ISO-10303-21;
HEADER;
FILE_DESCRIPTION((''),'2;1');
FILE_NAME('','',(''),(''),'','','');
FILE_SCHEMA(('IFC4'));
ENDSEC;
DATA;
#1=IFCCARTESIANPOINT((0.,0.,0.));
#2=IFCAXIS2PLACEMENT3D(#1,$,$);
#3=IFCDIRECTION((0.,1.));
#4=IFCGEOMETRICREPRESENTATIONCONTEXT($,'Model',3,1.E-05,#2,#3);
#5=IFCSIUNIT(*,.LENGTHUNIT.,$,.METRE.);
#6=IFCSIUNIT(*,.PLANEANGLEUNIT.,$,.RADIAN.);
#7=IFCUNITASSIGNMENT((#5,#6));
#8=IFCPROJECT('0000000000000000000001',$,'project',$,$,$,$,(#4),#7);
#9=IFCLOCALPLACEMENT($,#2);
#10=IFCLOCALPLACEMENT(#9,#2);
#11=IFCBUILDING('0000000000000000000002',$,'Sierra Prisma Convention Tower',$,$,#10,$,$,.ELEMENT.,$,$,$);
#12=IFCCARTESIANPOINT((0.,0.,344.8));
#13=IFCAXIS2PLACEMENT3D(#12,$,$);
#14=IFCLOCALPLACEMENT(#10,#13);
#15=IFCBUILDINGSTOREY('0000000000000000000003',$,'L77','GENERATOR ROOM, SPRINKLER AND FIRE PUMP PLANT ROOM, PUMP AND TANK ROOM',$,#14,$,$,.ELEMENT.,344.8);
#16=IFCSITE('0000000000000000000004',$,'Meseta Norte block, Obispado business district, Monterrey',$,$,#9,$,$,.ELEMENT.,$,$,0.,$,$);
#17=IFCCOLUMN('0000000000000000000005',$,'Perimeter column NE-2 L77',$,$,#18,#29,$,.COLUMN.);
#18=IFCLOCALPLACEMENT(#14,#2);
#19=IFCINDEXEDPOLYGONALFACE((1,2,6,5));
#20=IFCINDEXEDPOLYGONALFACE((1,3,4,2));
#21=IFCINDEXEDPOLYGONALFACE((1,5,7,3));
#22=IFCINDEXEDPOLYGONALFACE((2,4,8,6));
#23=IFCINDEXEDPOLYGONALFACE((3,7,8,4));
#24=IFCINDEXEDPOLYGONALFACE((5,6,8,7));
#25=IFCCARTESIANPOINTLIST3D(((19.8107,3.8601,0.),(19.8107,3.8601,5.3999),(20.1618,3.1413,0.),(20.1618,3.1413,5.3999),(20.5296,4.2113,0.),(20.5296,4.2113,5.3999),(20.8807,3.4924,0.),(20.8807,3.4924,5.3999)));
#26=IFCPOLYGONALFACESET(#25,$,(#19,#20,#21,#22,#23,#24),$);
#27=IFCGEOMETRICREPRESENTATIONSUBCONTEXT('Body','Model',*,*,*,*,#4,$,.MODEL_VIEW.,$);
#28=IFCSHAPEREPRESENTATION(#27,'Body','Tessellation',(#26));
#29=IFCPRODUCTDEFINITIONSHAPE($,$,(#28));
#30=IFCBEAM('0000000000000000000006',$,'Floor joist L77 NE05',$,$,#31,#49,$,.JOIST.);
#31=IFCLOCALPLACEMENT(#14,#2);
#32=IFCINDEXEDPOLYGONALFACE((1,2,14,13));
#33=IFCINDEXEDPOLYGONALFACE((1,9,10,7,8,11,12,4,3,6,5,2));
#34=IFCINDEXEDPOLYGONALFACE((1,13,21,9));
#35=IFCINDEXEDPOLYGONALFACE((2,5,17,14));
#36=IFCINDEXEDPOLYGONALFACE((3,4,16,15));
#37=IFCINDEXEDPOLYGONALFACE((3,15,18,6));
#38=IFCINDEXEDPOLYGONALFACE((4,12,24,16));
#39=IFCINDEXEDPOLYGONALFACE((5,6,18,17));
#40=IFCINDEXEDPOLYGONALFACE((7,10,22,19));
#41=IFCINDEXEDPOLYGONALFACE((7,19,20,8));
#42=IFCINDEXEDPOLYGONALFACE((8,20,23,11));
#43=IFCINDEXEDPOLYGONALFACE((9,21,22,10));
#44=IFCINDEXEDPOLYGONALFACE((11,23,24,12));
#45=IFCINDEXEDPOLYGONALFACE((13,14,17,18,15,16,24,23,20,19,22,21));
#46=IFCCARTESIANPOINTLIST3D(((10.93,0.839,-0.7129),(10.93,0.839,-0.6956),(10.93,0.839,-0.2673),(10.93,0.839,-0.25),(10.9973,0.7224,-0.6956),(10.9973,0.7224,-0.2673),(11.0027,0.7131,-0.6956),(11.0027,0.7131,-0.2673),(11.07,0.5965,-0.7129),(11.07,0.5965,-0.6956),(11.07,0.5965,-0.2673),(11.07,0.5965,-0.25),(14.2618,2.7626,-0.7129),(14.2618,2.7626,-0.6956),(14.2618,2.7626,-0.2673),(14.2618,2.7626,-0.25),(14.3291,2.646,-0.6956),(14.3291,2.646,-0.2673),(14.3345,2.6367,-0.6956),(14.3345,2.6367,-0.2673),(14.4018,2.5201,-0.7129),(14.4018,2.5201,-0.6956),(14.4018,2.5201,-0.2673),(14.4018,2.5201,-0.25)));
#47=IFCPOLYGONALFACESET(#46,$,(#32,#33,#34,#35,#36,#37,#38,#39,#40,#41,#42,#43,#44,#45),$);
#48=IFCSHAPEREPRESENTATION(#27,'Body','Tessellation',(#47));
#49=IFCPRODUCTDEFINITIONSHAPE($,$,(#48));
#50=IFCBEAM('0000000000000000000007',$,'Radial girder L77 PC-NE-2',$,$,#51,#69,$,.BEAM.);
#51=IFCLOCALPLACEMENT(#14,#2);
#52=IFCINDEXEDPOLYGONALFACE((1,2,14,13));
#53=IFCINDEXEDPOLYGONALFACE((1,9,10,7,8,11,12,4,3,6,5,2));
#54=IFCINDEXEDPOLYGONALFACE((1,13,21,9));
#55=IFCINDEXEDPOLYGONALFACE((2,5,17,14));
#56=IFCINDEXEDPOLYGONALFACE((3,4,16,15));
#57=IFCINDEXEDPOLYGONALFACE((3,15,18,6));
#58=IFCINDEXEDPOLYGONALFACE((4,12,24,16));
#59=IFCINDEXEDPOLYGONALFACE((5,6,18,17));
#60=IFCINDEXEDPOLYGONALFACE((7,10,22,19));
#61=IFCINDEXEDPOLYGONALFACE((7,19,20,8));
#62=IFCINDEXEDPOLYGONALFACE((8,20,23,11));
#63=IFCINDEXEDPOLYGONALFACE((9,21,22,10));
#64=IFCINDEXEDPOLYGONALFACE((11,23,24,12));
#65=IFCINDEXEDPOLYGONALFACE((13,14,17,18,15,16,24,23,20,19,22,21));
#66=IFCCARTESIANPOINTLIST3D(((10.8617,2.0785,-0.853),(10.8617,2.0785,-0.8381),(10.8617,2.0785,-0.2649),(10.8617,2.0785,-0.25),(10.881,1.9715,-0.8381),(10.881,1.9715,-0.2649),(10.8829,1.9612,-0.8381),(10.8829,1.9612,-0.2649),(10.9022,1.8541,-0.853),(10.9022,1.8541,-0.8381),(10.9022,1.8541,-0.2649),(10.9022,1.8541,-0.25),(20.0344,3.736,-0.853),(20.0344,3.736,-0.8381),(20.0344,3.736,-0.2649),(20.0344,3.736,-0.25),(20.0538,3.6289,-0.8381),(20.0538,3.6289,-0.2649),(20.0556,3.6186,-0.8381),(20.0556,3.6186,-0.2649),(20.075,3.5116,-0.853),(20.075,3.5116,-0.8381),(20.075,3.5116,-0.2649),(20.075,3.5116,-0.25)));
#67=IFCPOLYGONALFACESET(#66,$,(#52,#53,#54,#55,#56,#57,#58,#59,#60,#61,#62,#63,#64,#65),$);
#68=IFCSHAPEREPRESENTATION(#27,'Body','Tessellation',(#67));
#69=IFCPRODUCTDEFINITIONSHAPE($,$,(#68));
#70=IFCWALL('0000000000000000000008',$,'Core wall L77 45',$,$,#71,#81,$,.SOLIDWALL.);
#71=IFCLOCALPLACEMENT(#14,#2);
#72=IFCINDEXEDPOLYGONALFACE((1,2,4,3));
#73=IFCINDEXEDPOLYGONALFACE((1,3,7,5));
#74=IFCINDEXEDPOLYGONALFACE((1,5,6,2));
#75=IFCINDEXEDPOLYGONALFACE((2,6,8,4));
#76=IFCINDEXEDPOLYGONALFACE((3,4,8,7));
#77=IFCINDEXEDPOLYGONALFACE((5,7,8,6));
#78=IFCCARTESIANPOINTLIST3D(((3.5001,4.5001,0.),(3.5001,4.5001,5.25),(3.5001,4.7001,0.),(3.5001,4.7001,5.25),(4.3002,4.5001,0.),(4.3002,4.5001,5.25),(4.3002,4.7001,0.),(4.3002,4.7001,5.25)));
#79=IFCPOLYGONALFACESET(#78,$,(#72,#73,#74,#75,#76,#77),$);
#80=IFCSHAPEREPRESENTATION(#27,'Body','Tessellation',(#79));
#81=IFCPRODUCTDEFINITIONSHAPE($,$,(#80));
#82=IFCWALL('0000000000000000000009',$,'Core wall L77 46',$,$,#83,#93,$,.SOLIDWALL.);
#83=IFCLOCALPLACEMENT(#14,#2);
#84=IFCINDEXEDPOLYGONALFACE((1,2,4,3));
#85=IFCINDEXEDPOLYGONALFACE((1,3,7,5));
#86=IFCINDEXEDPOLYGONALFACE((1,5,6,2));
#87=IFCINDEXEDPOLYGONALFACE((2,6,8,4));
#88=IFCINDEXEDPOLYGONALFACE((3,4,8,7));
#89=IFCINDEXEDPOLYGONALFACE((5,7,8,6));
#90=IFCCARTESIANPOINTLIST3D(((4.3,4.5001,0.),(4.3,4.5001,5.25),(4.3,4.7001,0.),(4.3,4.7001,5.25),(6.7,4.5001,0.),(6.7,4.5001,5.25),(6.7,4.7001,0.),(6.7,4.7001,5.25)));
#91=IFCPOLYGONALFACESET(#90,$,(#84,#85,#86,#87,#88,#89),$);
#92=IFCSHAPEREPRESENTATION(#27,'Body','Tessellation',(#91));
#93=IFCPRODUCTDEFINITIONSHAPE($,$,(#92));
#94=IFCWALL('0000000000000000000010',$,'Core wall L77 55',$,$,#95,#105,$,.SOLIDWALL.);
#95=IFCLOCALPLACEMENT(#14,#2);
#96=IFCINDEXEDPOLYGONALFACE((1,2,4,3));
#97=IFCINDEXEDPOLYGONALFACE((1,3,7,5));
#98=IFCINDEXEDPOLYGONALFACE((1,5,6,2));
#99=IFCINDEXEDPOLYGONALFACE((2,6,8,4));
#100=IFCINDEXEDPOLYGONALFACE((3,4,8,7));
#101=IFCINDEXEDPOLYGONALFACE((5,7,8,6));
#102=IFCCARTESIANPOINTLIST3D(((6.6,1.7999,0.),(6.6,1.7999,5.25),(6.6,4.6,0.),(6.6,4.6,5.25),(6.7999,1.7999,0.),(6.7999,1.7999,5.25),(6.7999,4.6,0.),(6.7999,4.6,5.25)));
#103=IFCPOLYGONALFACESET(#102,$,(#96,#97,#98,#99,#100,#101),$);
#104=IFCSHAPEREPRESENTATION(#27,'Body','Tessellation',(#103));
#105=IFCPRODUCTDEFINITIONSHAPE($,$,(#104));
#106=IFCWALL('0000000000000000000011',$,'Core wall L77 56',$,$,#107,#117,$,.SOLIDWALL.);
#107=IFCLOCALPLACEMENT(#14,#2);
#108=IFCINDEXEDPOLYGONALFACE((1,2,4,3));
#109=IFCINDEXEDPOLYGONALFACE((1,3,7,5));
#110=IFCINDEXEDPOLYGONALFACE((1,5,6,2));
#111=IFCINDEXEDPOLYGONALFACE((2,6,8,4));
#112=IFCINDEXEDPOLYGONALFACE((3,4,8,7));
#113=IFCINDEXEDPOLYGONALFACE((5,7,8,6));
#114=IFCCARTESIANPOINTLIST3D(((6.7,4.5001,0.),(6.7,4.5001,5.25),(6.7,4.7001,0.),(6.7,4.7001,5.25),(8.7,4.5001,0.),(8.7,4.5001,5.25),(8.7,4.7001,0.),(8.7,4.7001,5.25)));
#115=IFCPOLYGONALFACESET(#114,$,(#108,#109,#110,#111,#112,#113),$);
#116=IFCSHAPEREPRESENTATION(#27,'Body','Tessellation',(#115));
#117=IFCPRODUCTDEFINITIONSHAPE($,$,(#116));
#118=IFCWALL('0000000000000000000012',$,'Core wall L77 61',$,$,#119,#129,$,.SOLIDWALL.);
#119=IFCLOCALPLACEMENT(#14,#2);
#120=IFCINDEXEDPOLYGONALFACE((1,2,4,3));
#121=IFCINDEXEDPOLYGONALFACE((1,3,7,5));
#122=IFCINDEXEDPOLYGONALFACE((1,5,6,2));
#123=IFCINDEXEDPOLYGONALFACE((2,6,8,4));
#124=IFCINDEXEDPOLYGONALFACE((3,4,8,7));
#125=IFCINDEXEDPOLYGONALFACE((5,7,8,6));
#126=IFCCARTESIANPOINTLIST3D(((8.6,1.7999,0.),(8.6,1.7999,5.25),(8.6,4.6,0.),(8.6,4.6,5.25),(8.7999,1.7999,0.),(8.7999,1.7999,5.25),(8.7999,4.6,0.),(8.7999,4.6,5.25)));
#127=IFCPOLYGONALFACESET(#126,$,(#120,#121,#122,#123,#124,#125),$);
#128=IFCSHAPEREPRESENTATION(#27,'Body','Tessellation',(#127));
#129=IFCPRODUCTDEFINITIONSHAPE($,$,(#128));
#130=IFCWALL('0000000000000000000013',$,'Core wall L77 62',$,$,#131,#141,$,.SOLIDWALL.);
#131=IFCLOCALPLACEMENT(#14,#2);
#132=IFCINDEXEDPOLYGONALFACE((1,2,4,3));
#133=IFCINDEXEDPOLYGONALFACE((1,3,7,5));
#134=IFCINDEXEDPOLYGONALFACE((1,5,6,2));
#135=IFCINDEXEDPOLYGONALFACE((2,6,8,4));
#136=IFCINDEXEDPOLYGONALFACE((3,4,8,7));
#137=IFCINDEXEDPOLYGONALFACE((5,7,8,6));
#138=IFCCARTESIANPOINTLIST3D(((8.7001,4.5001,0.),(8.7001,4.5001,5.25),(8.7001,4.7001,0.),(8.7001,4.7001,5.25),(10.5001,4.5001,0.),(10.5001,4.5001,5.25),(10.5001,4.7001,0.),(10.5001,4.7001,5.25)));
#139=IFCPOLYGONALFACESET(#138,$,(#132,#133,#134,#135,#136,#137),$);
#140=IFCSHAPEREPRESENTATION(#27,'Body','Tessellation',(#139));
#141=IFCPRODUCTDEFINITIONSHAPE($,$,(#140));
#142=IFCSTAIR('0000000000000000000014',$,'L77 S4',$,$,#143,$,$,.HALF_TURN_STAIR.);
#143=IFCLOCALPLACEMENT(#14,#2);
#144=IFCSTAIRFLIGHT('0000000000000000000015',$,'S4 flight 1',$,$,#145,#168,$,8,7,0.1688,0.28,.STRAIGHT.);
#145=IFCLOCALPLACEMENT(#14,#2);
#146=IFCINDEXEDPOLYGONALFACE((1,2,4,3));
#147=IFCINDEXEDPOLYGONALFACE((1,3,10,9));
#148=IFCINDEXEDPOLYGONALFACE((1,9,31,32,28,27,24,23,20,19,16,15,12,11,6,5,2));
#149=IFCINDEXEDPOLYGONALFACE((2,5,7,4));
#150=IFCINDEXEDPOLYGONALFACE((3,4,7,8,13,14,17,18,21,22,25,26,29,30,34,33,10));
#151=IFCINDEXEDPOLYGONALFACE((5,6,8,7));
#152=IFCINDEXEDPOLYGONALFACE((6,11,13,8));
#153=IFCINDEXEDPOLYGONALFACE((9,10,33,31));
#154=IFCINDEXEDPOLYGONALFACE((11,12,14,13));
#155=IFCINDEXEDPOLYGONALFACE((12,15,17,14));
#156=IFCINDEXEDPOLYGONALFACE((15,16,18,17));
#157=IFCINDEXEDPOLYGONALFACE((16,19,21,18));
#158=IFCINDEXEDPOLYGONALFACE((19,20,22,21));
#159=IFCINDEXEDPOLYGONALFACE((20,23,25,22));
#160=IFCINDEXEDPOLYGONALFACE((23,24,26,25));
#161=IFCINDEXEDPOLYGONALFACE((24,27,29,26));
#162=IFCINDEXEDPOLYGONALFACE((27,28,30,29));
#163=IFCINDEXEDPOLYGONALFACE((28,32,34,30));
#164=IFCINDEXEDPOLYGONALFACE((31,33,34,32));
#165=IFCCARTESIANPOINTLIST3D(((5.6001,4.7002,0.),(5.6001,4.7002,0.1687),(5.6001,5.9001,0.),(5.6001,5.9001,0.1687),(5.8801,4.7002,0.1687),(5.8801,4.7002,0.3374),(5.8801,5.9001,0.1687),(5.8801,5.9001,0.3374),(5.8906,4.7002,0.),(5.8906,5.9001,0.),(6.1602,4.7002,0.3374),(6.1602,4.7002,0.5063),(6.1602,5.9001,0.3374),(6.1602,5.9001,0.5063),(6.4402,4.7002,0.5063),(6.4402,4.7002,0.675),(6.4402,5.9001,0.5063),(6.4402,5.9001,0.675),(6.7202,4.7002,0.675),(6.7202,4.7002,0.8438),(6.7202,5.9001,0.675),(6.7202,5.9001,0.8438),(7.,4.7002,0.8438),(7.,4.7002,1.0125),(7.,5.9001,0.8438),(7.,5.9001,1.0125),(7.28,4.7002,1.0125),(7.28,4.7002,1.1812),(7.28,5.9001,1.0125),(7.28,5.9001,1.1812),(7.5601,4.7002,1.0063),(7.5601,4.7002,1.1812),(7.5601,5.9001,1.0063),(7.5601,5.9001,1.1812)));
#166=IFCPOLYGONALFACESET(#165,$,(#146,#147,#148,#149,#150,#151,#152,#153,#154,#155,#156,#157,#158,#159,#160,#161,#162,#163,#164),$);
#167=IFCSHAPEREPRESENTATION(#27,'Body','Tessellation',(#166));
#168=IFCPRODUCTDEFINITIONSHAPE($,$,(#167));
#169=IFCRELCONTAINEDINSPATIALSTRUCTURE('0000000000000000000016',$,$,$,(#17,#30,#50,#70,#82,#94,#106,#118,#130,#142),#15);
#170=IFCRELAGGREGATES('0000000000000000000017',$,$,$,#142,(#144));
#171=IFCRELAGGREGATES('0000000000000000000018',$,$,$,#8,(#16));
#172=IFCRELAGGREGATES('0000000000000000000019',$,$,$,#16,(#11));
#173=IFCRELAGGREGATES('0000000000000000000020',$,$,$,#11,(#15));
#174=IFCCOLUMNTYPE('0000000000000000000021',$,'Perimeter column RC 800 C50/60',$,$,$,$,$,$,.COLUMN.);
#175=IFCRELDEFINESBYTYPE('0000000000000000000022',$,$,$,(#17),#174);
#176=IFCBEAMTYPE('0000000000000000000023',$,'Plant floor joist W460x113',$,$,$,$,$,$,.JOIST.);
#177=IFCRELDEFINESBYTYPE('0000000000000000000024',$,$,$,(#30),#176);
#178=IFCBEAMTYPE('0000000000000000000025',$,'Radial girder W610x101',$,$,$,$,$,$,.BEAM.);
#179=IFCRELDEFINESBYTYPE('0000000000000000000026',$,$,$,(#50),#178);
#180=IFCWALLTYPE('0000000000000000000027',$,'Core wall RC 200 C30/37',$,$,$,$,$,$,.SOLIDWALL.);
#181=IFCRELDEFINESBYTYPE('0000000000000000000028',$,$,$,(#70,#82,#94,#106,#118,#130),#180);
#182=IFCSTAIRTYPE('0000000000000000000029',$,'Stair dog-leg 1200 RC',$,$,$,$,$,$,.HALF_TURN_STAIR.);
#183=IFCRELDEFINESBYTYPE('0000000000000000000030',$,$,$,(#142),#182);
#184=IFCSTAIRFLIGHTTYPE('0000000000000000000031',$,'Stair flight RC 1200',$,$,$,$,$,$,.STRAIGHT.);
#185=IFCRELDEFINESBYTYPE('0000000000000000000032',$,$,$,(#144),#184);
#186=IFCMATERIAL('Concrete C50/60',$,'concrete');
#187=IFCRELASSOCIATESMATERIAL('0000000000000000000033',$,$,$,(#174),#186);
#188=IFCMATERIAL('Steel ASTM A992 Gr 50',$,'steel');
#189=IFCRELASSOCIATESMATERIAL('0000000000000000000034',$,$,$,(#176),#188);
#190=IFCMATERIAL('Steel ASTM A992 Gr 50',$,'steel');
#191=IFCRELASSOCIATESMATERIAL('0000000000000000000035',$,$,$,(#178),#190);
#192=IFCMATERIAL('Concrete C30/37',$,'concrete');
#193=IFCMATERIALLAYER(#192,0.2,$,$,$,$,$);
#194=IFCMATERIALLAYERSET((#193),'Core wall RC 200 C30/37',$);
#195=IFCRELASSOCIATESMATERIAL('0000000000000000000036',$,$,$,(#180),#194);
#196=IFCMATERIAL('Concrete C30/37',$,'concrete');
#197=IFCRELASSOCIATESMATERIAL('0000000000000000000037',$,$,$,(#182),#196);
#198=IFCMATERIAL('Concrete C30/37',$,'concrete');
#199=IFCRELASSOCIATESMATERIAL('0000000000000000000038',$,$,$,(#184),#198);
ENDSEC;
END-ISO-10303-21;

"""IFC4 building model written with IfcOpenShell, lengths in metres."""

from ifc_helpers import new_model, si_unit, direction, frame, frame_2d, origin, origin_2d, place, context, subcontext, project, spatial, polyline, rectangle, i_section, outline, extrude, material, layer, layer_set, material_profile, profile_set, type_object, element, aggregate, save


model = new_model("IFC4")

# Units and contexts
model_context = context("Model", 3, precision=1e-05, world=origin(), true_north=direction((0.0, 1.0)))
body_context = subcontext(model_context, "Body", "Model", "MODEL_VIEW")
ifc_project = project(units=[si_unit("LENGTHUNIT", "METRE"), si_unit("PLANEANGLEUNIT", "RADIAN")], contexts=[model_context])

# Site, building, storey
site_placement = place(None, origin())
site = spatial("IfcSite", under=ifc_project, at=site_placement, Name="Meseta Norte block, Obispado business district, Monterrey", CompositionType="ELEMENT", RefElevation=0.0)
building_placement = place(site_placement, origin())
building = spatial("IfcBuilding", under=site, at=building_placement, Name="Sierra Prisma Convention Tower", CompositionType="ELEMENT")
storey_placement = place(building_placement, frame((0.0, 0.0, 344.8)))
storey = spatial("IfcBuildingStorey", under=building, at=storey_placement, Name="L77", Description="GENERATOR ROOM, SPRINKLER AND FIRE PUMP PLANT ROOM, PUMP AND TANK ROOM", CompositionType="ELEMENT", Elevation=344.8)

# Column
ifc_material_1 = material(Name="Concrete C50/60", Category="concrete")
ifc_material_profile_1 = material_profile(ifc_material_1, rectangle(XDim=0.8, YDim=0.8, at=origin_2d()), Name="Perimeter column RC 800 C50/60")
ifc_profile_set_1 = profile_set([ifc_material_profile_1], Name="Concrete C50/60")
column_type = type_object("IfcColumnType", Name="Perimeter column RC 800 C50/60", PredefinedType="COLUMN", material=ifc_profile_set_1)
column_placement = place(storey_placement, frame((20.3457, 3.6763, 0.0), z_axis=(0.0, 0.0, 1.0), x_axis=(-0.438895, 0.898538, 0.0)))
element("IfcColumn", 1, at=column_placement, inside=storey, type_object=column_type, Name="Perimeter column NE-2 L77", PredefinedType="COLUMN", context=body_context, shape_type="SweptSolid", body=[
    extrude(rectangle(XDim=0.8, YDim=0.8, at=origin_2d()), origin(), (0.0, 0.0, 1.0), 5.3999),
])

# Beams
ifc_material_2 = material(Name="Steel ASTM A992 Gr 50", Category="steel")
ifc_material_profile_2 = material_profile(ifc_material_2, i_section(OverallWidth=0.28, OverallDepth=0.4629, WebThickness=0.0107, FlangeThickness=0.0173, at=origin_2d()), Name="W460x113")
ifc_profile_set_2 = profile_set([ifc_material_profile_2], Name="Steel ASTM A992 Gr 50")
beam_type_1 = type_object("IfcBeamType", Name="Plant floor joist W460x113", PredefinedType="JOIST", material=ifc_profile_set_2)
beam_1_placement = place(storey_placement, frame((14.3318, 2.6414, -0.4814), z_axis=(-0.866028, -0.499995, 0.0), x_axis=(0.499995, -0.866028, 0.0)))
element("IfcBeam", 2, at=beam_1_placement, inside=storey, type_object=beam_type_1, Name="Floor joist L77 NE05", PredefinedType="JOIST", context=body_context, shape_type="SweptSolid", body=[
    extrude(i_section(OverallWidth=0.28, OverallDepth=0.4629, WebThickness=0.0107, FlangeThickness=0.0173, at=origin_2d()), origin(), (0.0, 0.0, 1.0), 3.8472),
])
ifc_material_3 = material(Name="Steel ASTM A992 Gr 50", Category="steel")
ifc_material_profile_3 = material_profile(ifc_material_3, i_section(OverallWidth=0.228, OverallDepth=0.603, WebThickness=0.0105, FlangeThickness=0.0149, at=origin_2d()), Name="W610x101")
ifc_profile_set_3 = profile_set([ifc_material_profile_3], Name="Steel ASTM A992 Gr 50")
beam_type_2 = type_object("IfcBeamType", Name="Radial girder W610x101", PredefinedType="BEAM", material=ifc_profile_set_3)
beam_2_placement = place(storey_placement, frame((20.0547, 3.6238, -0.5515), z_axis=(-0.984064, -0.177814, 0.0), x_axis=(0.177814, -0.984064, 0.0)))
element("IfcBeam", 3, at=beam_2_placement, inside=storey, type_object=beam_type_2, Name="Radial girder L77 PC-NE-2", PredefinedType="BEAM", context=body_context, shape_type="SweptSolid", body=[
    extrude(i_section(OverallWidth=0.228, OverallDepth=0.603, WebThickness=0.0105, FlangeThickness=0.0149, at=origin_2d()), origin(), (0.0, 0.0, 1.0), 9.3213),
])

# Walls
ifc_material_4 = material(Name="Concrete C30/37", Category="concrete")
ifc_layer = layer(ifc_material_4, 0.2)
ifc_layer_set = layer_set([ifc_layer], Name="Core wall RC 200 C30/37")
wall_type = type_object("IfcWallType", Name="Core wall RC 200 C30/37", PredefinedType="SOLIDWALL", material=ifc_layer_set)
wall_1_placement = place(storey_placement, frame((4.3, 4.6001, 0.0), z_axis=(0.0, 0.0, 1.0), x_axis=(-1.0, 0.0, 0.0)))
element("IfcWall", 4, at=wall_1_placement, inside=storey, type_object=wall_type, Name="Core wall L77 45", PredefinedType="SOLIDWALL", context=body_context, shape_type="SweptSolid", body=[
    extrude(rectangle(XDim=0.8, YDim=0.2, at=frame_2d((0.3999, 0.0))), origin(), (0.0, 0.0, 1.0), 5.25),
])
wall_2_placement = place(storey_placement, frame((6.7, 4.6001, 0.0), z_axis=(0.0, 0.0, 1.0), x_axis=(-1.0, 0.0, 0.0)))
element("IfcWall", 5, at=wall_2_placement, inside=storey, type_object=wall_type, Name="Core wall L77 46", PredefinedType="SOLIDWALL", context=body_context, shape_type="SweptSolid", body=[
    extrude(rectangle(XDim=2.3999, YDim=0.2, at=frame_2d((1.2, 0.0))), origin(), (0.0, 0.0, 1.0), 5.25),
])

# Walls
wall_3_placement = place(storey_placement, frame((6.7, 1.8, 0.0), z_axis=(0.0, 0.0, 1.0), x_axis=(0.0, 1.0, 0.0)))
element("IfcWall", 6, at=wall_3_placement, inside=storey, type_object=wall_type, Name="Core wall L77 55", PredefinedType="SOLIDWALL", context=body_context, shape_type="SweptSolid", body=[
    extrude(rectangle(XDim=2.8, YDim=0.2, at=frame_2d((1.3999, 0.0))), origin(), (0.0, 0.0, 1.0), 5.25),
])
wall_4_placement = place(storey_placement, frame((8.7, 4.6001, 0.0), z_axis=(0.0, 0.0, 1.0), x_axis=(-1.0, 0.0, 0.0)))
element("IfcWall", 7, at=wall_4_placement, inside=storey, type_object=wall_type, Name="Core wall L77 56", PredefinedType="SOLIDWALL", context=body_context, shape_type="SweptSolid", body=[
    extrude(rectangle(XDim=2.0, YDim=0.2, at=frame_2d((1.0, 0.0))), origin(), (0.0, 0.0, 1.0), 5.25),
])

# Walls
wall_5_placement = place(storey_placement, frame((8.7, 1.8, 0.0), z_axis=(0.0, 0.0, 1.0), x_axis=(0.0, 1.0, 0.0)))
element("IfcWall", 8, at=wall_5_placement, inside=storey, type_object=wall_type, Name="Core wall L77 61", PredefinedType="SOLIDWALL", context=body_context, shape_type="SweptSolid", body=[
    extrude(rectangle(XDim=2.8, YDim=0.2, at=frame_2d((1.3999, 0.0))), origin(), (0.0, 0.0, 1.0), 5.25),
])
wall_6_placement = place(storey_placement, frame((10.5, 4.6001, 0.0), z_axis=(0.0, 0.0, 1.0), x_axis=(-1.0, 0.0, 0.0)))
element("IfcWall", 9, at=wall_6_placement, inside=storey, type_object=wall_type, Name="Core wall L77 62", PredefinedType="SOLIDWALL", context=body_context, shape_type="SweptSolid", body=[
    extrude(rectangle(XDim=1.8, YDim=0.2, at=frame_2d((0.8999, 0.0))), origin(), (0.0, 0.0, 1.0), 5.25),
])

# Stair, stair flight
ifc_material_5 = material(Name="Concrete C30/37", Category="concrete")
stair_type = type_object("IfcStairType", Name="Stair dog-leg 1200 RC", PredefinedType="HALF_TURN_STAIR", material=ifc_material_5)
stair_placement = place(storey_placement, origin())
stair = element("IfcStair", 10, at=stair_placement, inside=storey, type_object=stair_type, Name="L77 S4", PredefinedType="HALF_TURN_STAIR")
ifc_material_6 = material(Name="Concrete C30/37", Category="concrete")
stair_flight_type = type_object("IfcStairFlightType", Name="Stair flight RC 1200", PredefinedType="STRAIGHT", material=ifc_material_6)
stair_flight_placement = place(storey_placement, frame((5.6001, 5.3, 0.0), z_axis=(0.0, 0.0, 1.0), x_axis=(1.0, 0.0, 0.0)))
stair_flight = element("IfcStairFlight", 11, at=stair_flight_placement, type_object=stair_flight_type, Name="S4 flight 1", NumberOfRisers=8, NumberOfTreads=7, PredefinedType="STRAIGHT", RiserHeight=0.1688, TreadLength=0.28, context=body_context, shape_type="SweptSolid", body=[
    extrude(outline(polyline([(0.0, 0.0), (0.0, 0.1687), (0.28, 0.1687), (0.28, 0.3374), (0.5601, 0.3374), (0.5601, 0.5063), (0.8401, 0.5063), (0.8401, 0.675), (1.1201, 0.675), (1.1201, 0.8438), (1.3999, 0.8438), (1.3999, 1.0125), (1.6799, 1.0125), (1.6799, 1.1812), (1.96, 1.1812), (1.96, 1.3501), (1.96, 1.0063), (0.2905, 0.0), (0.0, 0.0)])), frame((0.0, 0.6001, 0.0), z_axis=(0.0, -1.0, 0.0), x_axis=(1.0, 0.0, 0.0)), (0.0, 0.0, 1.0), 1.2),
])
aggregate(stair, [stair_flight])

save(model, "model.ifc")
